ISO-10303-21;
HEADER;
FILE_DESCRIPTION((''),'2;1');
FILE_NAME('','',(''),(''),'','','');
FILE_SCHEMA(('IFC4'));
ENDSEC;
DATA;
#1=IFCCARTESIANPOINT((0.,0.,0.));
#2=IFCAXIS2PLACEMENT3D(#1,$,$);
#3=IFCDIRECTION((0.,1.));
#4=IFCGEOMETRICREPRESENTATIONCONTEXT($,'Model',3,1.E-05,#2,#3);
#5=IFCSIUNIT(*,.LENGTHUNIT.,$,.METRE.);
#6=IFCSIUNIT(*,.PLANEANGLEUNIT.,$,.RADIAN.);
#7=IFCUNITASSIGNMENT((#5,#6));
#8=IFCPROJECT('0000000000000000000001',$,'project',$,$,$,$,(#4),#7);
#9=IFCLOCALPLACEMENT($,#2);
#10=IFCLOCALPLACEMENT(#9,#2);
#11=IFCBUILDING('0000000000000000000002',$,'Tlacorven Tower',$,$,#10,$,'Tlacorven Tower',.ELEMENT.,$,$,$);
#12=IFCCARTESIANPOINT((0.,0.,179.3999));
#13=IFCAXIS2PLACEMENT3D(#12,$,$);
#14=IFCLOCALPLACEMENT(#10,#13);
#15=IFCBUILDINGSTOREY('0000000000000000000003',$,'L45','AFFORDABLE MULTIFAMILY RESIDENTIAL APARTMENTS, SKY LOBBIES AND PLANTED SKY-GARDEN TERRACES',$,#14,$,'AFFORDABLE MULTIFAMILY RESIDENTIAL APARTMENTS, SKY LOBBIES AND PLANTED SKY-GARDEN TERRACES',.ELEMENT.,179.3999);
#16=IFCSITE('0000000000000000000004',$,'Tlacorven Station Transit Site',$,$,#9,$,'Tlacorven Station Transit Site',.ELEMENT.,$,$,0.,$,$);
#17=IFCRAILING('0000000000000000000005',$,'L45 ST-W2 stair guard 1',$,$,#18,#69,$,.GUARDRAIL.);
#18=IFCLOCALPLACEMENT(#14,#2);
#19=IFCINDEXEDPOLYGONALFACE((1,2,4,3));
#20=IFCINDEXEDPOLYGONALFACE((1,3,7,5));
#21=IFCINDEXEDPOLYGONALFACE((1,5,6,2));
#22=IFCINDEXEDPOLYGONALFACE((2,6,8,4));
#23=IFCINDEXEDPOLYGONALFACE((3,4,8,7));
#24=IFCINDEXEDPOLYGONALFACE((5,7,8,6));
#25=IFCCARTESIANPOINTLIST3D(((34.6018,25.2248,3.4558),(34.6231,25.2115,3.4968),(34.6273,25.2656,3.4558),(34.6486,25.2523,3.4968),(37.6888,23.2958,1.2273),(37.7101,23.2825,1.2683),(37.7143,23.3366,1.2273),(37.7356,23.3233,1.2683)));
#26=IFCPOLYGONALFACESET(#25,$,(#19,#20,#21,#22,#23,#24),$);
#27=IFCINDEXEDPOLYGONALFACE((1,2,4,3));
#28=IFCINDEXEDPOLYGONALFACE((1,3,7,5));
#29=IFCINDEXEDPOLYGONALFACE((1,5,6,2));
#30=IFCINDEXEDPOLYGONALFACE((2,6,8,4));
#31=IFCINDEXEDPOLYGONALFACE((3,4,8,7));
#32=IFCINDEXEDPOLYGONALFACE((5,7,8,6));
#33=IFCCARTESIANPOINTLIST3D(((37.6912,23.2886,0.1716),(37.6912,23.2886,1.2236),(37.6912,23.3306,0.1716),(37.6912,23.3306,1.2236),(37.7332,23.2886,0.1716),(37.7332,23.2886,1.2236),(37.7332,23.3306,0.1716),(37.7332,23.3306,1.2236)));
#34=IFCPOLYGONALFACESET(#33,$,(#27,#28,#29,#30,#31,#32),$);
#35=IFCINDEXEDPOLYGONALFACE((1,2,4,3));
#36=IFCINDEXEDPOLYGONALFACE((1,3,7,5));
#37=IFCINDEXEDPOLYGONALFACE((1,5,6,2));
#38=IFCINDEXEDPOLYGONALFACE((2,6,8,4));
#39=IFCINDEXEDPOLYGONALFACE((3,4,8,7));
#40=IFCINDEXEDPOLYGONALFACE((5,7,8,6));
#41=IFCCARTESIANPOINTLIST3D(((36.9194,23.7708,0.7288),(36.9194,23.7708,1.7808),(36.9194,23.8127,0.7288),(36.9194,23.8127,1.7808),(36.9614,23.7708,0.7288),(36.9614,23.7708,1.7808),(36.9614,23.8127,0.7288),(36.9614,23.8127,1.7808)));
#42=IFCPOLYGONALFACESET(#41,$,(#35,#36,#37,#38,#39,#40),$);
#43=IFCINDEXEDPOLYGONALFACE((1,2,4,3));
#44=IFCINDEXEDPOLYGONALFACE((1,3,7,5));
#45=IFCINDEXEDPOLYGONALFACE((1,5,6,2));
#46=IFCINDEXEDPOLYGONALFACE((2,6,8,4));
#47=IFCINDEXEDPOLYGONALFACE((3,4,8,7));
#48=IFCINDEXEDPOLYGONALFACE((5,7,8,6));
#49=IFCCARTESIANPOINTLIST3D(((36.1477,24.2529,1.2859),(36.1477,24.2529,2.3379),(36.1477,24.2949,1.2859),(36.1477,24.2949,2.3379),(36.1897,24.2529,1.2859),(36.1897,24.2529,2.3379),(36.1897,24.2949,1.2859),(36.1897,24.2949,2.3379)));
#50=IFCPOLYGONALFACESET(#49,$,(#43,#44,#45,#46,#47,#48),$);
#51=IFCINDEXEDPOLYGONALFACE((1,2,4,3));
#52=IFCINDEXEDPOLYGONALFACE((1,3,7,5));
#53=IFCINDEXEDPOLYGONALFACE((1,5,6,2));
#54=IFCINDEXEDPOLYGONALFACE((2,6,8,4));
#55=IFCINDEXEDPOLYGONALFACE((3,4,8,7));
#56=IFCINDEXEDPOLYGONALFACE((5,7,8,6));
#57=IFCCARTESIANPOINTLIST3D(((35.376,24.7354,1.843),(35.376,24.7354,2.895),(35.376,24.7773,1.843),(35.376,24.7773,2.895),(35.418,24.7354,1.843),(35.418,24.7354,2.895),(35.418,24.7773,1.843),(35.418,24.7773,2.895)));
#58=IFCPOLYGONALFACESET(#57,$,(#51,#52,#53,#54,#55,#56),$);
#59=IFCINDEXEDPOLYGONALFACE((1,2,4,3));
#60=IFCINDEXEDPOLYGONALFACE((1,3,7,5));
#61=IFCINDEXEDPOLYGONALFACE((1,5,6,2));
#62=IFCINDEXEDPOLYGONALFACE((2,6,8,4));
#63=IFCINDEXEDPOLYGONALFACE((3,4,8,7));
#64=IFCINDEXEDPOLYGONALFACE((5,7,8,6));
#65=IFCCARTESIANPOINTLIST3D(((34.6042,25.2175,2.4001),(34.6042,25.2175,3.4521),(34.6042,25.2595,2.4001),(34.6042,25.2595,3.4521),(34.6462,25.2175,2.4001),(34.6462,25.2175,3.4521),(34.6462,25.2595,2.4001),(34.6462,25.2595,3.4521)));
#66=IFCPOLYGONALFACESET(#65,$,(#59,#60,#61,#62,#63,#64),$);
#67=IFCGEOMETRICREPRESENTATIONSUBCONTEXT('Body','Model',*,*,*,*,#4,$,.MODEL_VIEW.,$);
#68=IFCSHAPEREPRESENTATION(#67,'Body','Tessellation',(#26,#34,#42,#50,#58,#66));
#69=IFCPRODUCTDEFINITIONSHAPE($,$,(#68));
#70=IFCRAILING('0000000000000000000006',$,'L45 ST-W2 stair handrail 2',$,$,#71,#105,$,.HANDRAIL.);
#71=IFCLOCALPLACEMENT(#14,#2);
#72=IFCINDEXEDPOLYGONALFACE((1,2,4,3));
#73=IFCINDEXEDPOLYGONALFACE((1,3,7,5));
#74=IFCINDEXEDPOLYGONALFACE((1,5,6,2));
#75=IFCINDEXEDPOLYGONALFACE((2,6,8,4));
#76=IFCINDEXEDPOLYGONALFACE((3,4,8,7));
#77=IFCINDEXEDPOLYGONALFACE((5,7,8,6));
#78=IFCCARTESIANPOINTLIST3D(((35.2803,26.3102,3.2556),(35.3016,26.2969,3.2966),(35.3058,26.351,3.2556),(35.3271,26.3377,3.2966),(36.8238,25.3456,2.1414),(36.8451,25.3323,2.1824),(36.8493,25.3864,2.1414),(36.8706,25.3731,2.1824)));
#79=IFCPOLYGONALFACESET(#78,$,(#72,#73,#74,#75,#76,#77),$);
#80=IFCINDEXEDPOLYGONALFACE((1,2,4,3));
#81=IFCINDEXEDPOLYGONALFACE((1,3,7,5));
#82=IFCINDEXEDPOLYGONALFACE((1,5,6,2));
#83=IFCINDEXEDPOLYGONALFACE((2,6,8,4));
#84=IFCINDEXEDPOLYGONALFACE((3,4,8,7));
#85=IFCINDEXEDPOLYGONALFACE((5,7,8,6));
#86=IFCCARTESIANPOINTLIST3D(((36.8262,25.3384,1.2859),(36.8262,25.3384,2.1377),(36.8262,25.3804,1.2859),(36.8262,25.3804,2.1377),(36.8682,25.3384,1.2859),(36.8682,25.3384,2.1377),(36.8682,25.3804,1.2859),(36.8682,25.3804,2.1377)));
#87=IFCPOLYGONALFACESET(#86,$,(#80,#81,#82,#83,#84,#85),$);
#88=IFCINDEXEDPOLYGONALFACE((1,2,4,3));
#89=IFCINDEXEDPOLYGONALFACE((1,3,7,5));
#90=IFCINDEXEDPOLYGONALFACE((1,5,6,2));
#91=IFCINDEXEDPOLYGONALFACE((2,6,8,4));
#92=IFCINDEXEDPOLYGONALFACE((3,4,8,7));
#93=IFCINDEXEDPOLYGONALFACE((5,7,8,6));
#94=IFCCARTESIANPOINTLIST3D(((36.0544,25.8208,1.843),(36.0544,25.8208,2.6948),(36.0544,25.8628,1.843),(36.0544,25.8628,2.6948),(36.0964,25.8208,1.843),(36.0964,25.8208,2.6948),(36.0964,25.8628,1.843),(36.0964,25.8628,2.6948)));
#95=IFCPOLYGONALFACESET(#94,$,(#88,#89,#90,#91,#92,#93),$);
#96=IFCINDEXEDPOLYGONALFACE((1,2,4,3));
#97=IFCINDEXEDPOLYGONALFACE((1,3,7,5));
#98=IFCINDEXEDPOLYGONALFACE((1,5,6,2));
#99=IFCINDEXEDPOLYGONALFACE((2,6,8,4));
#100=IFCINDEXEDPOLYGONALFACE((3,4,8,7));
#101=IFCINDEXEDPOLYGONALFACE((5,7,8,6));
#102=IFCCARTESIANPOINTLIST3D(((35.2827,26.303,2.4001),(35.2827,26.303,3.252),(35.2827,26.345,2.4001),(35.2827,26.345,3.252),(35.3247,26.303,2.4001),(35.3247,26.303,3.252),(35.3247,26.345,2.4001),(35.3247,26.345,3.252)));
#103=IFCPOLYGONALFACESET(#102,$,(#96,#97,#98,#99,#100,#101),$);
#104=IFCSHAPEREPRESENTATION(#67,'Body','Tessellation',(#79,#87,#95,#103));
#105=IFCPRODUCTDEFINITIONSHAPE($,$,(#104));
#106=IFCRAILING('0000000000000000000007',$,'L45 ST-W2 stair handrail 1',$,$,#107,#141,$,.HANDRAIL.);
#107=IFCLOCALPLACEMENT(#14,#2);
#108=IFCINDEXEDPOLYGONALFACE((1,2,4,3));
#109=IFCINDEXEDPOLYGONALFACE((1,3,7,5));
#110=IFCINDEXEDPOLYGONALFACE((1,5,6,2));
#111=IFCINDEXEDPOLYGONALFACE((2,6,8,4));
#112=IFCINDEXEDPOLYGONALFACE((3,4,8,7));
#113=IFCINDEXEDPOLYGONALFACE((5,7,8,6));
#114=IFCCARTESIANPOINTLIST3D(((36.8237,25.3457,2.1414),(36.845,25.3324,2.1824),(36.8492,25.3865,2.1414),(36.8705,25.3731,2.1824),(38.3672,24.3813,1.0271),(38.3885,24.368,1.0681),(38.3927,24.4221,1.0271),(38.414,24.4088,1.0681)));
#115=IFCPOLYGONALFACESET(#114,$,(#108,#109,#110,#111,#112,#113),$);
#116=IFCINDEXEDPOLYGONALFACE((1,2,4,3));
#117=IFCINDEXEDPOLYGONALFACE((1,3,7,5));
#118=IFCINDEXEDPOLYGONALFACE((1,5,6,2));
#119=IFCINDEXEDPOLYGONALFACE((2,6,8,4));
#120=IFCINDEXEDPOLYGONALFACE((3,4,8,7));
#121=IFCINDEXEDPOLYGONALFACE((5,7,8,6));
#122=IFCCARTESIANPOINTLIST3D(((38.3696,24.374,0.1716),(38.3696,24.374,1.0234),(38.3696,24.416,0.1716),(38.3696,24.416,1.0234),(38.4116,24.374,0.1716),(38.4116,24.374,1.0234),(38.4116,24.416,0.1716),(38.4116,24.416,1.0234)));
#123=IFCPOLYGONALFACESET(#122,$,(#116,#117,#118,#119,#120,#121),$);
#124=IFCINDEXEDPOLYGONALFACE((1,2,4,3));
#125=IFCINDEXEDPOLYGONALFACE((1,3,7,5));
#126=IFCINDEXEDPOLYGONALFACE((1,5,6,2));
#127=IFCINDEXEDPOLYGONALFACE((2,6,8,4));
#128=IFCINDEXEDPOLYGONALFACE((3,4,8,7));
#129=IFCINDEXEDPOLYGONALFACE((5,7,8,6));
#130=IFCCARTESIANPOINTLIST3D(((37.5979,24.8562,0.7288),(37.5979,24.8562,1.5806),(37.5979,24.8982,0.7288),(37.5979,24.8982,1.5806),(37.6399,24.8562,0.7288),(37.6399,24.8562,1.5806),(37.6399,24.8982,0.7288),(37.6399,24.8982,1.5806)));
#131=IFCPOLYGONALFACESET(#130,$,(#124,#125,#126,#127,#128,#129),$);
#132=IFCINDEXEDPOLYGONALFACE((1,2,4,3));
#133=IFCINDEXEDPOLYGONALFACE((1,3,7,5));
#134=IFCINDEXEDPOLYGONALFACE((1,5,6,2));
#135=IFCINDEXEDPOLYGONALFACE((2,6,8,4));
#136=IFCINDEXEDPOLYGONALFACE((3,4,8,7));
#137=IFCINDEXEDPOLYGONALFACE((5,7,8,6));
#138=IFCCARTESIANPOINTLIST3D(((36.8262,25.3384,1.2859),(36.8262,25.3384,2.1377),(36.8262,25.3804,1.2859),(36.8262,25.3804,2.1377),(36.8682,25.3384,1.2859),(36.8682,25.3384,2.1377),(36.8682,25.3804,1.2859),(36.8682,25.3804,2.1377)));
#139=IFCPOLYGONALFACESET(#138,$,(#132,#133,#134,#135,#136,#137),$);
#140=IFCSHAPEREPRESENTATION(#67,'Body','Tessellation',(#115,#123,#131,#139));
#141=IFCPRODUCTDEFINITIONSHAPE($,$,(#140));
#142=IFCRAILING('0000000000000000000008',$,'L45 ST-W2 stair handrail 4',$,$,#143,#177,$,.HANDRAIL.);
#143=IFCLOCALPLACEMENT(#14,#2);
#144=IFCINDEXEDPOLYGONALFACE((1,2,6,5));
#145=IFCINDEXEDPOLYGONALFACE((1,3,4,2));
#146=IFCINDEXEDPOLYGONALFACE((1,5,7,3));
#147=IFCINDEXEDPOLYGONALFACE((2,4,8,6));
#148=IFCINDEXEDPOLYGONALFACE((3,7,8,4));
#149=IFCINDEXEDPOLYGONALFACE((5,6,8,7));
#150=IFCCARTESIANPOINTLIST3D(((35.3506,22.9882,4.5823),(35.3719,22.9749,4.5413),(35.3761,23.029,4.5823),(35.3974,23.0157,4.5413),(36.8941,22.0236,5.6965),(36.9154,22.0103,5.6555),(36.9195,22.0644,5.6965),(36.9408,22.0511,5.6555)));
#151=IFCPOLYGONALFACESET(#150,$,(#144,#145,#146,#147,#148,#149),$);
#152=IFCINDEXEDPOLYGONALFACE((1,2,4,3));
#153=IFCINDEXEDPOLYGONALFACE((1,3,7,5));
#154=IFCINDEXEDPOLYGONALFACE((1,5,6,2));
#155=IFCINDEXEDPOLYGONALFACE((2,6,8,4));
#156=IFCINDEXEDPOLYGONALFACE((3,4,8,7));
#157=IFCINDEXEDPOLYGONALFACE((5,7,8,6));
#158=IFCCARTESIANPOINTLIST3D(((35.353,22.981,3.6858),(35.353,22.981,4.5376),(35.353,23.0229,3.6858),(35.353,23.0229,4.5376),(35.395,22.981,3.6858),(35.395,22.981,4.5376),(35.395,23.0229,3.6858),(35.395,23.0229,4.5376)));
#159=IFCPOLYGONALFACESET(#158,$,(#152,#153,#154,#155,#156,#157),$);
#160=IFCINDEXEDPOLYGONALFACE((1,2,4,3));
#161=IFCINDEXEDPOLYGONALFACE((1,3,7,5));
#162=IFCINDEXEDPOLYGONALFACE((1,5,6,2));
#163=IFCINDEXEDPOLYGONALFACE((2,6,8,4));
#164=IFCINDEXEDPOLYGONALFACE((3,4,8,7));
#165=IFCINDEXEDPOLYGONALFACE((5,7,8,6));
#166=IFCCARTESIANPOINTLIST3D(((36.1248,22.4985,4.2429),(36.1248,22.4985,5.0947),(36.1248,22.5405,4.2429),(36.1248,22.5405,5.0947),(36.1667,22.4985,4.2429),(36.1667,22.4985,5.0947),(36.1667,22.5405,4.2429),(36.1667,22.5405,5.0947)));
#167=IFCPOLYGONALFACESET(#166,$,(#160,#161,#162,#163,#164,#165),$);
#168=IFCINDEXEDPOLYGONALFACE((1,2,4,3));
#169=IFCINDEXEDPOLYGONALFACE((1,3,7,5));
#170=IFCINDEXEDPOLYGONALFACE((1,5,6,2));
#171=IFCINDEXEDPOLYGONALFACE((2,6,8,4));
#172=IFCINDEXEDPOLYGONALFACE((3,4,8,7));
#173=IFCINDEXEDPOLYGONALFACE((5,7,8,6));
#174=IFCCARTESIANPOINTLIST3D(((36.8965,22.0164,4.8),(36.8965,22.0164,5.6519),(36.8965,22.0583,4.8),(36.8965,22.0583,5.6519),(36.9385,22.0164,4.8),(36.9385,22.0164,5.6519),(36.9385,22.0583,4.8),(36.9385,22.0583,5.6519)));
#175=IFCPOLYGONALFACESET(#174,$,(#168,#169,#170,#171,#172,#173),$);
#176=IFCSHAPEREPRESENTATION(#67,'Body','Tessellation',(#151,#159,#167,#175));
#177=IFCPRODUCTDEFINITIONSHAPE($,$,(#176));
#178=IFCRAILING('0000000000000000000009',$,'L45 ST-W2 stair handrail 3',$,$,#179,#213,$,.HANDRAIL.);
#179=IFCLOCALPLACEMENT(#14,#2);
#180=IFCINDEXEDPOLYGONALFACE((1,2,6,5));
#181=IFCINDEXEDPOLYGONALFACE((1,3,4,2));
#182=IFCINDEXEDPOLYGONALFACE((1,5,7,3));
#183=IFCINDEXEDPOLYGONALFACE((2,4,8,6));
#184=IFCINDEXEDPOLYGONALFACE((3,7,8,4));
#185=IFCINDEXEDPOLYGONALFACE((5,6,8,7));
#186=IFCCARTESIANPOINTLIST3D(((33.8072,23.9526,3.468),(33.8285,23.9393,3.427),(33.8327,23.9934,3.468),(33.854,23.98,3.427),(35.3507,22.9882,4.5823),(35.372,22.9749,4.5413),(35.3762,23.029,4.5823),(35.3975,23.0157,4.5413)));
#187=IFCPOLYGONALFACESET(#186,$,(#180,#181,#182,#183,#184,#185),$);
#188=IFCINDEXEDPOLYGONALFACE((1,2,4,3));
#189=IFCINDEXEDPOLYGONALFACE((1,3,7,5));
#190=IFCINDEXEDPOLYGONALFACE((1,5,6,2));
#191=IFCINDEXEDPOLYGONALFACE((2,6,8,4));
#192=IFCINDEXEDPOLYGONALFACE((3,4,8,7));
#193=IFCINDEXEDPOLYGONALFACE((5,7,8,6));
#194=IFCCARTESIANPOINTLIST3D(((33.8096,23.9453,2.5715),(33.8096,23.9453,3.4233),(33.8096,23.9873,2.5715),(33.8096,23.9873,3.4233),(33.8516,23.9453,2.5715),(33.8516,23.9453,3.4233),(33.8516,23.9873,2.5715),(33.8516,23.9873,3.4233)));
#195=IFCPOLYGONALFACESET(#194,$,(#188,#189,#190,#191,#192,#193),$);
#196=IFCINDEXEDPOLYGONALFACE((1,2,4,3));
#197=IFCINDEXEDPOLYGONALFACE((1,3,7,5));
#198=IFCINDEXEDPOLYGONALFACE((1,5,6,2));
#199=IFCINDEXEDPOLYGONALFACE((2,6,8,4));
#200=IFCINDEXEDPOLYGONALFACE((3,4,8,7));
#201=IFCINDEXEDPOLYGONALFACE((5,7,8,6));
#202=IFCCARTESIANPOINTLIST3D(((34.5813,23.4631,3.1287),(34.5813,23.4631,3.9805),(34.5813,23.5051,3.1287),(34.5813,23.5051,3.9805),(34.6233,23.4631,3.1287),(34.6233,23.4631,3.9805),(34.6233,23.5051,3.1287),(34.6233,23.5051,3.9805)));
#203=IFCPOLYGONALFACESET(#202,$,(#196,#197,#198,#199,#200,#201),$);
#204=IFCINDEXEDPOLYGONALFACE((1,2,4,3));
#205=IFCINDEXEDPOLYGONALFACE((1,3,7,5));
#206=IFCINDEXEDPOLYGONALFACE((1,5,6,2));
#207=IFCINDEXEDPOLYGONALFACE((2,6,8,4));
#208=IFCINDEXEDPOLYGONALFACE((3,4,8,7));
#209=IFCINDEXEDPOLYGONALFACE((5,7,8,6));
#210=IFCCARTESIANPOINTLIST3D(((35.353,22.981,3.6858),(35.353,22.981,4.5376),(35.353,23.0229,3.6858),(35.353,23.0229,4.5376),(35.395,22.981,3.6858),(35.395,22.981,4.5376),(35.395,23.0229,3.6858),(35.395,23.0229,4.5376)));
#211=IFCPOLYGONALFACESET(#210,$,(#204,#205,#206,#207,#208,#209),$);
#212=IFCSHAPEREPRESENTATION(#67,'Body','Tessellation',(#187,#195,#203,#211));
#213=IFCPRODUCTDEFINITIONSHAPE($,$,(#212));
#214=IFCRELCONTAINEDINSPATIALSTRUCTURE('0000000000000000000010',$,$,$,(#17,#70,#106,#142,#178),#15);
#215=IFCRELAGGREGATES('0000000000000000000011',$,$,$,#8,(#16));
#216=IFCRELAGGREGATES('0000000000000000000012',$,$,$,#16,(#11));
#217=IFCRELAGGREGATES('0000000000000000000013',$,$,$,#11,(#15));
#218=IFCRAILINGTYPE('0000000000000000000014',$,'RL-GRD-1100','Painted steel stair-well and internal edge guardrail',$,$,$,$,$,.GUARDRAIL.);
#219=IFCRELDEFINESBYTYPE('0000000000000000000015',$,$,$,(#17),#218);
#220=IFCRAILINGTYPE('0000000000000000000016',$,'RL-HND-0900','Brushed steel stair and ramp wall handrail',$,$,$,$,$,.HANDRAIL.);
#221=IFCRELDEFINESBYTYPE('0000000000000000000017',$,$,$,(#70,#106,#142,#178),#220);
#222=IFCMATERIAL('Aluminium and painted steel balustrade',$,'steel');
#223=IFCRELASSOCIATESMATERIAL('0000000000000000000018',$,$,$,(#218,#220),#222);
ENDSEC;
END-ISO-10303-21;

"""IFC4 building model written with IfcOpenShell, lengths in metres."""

from ifc_helpers import new_model, si_unit, direction, frame, origin, origin_2d, place, context, subcontext, project, spatial, rectangle, extrude, source, transform, mapped, material, type_object, element, save


model = new_model("IFC4")

# Units and contexts
model_context = context("Model", 3, precision=1e-05, world=origin(), true_north=direction((0.0, 1.0)))
body_context = subcontext(model_context, "Body", "Model", "MODEL_VIEW")
ifc_project = project(units=[si_unit("LENGTHUNIT", "METRE"), si_unit("PLANEANGLEUNIT", "RADIAN")], contexts=[model_context])

# Site, building, storey
site_placement = place(None, origin())
site = spatial("IfcSite", under=ifc_project, at=site_placement, Name="Tlacorven Station Transit Site", LongName="Tlacorven Station Transit Site", CompositionType="ELEMENT", RefElevation=0.0)
building_placement = place(site_placement, origin())
building = spatial("IfcBuilding", under=site, at=building_placement, Name="Tlacorven Tower", LongName="Tlacorven Tower", CompositionType="ELEMENT")
storey_placement = place(building_placement, frame((0.0, 0.0, 179.3999)))
storey = spatial("IfcBuildingStorey", under=building, at=storey_placement, Name="L45", Description="AFFORDABLE MULTIFAMILY RESIDENTIAL APARTMENTS, SKY LOBBIES AND PLANTED SKY-GARDEN TERRACES", LongName="AFFORDABLE MULTIFAMILY RESIDENTIAL APARTMENTS, SKY LOBBIES AND PLANTED SKY-GARDEN TERRACES", CompositionType="ELEMENT", Elevation=179.3999)

# Railings
ifc_material_1 = material(Name="Aluminium and painted steel balustrade", Category="steel")
railing_type_1 = type_object("IfcRailingType", Name="RL-GRD-1100", Description="Painted steel stair-well and internal edge guardrail", PredefinedType="GUARDRAIL", material=ifc_material_1)
shared_shape_1 = source(origin(), body_context, "Body", "SweptSolid", [
    extrude(rectangle(XDim=0.0481, YDim=0.0481, at=origin_2d()), frame((0.0, 0.0, 1.0762), z_axis=(-0.723262, 0.451953, 0.52214), x_axis=(-0.529927, -0.848044, 0.0)), (0.0, 0.0, 1.0), 4.2681),
    extrude(rectangle(XDim=0.042, YDim=0.042, at=origin_2d()), origin(), (0.0, 0.0, 1.0), 1.052),
    extrude(rectangle(XDim=0.042, YDim=0.042, at=origin_2d()), frame((-0.7717, 0.4822, 0.5571)), (0.0, 0.0, 1.0), 1.052),
    extrude(rectangle(XDim=0.042, YDim=0.042, at=origin_2d()), frame((-1.5435, 0.9644, 1.1143)), (0.0, 0.0, 1.0), 1.052),
    extrude(rectangle(XDim=0.042, YDim=0.042, at=origin_2d()), frame((-2.3152, 1.4468, 1.6714)), (0.0, 0.0, 1.0), 1.052),
    extrude(rectangle(XDim=0.042, YDim=0.042, at=origin_2d()), frame((-3.0869, 1.929, 2.2285)), (0.0, 0.0, 1.0), 1.052),
])
railing_1_placement = place(storey_placement, frame((37.7122, 23.3096, 0.1716)))
element("IfcRailing", 1, at=railing_1_placement, inside=storey, type_object=railing_type_1, Name="L45 ST-W2 stair guard 1", PredefinedType="GUARDRAIL", context=body_context, shape_type="MappedRepresentation", body=[
    mapped(shared_shape_1, transform((0.0, 0.0, 0.0), scale=1.0)),
])
railing_type_2 = type_object("IfcRailingType", Name="RL-HND-0900", Description="Brushed steel stair and ramp wall handrail", PredefinedType="HANDRAIL", material=ifc_material_1)
shared_shape_2 = source(origin(), body_context, "Body", "SweptSolid", [
    extrude(rectangle(XDim=0.0481, YDim=0.0481, at=origin_2d()), frame((0.0, 0.0, 0.876), z_axis=(-0.723244, 0.451999, 0.522126), x_axis=(-0.529975, -0.848013, 0.0)), (0.0, 0.0, 1.0), 2.134),
    extrude(rectangle(XDim=0.042, YDim=0.042, at=origin_2d()), origin(), (0.0, 0.0, 1.0), 0.8518),
    extrude(rectangle(XDim=0.042, YDim=0.042, at=origin_2d()), frame((-0.7717, 0.4824, 0.5571)), (0.0, 0.0, 1.0), 0.8518),
    extrude(rectangle(XDim=0.042, YDim=0.042, at=origin_2d()), frame((-1.5435, 0.9646, 1.1143)), (0.0, 0.0, 1.0), 0.8518),
])
railing_2_placement = place(storey_placement, frame((36.8472, 25.3594, 1.2859)))
element("IfcRailing", 2, at=railing_2_placement, inside=storey, type_object=railing_type_2, Name="L45 ST-W2 stair handrail 2", PredefinedType="HANDRAIL", context=body_context, shape_type="MappedRepresentation", body=[
    mapped(shared_shape_2, transform((0.0, 0.0, 0.0), scale=1.0)),
])
shared_shape_3 = source(origin(), body_context, "Body", "SweptSolid", [
    extrude(rectangle(XDim=0.0481, YDim=0.0481, at=origin_2d()), frame((0.0, 0.0, 0.876), z_axis=(-0.723281, 0.451908, 0.522153), x_axis=(-0.529878, -0.848074, 0.0)), (0.0, 0.0, 1.0), 2.134),
    extrude(rectangle(XDim=0.042, YDim=0.042, at=origin_2d()), origin(), (0.0, 0.0, 1.0), 0.8518),
    extrude(rectangle(XDim=0.042, YDim=0.042, at=origin_2d()), frame((-0.7717, 0.4822, 0.5571)), (0.0, 0.0, 1.0), 0.8518),
    extrude(rectangle(XDim=0.042, YDim=0.042, at=origin_2d()), frame((-1.5435, 0.9644, 1.1143)), (0.0, 0.0, 1.0), 0.8518),
])
railing_3_placement = place(storey_placement, frame((38.3906, 24.395, 0.1716)))
element("IfcRailing", 3, at=railing_3_placement, inside=storey, type_object=railing_type_2, Name="L45 ST-W2 stair handrail 1", PredefinedType="HANDRAIL", context=body_context, shape_type="MappedRepresentation", body=[
    mapped(shared_shape_3, transform((0.0, 0.0, 0.0), scale=1.0)),
])
shared_shape_4 = source(origin(), body_context, "Body", "SweptSolid", [
    extrude(rectangle(XDim=0.0481, YDim=0.0481, at=origin_2d()), frame((0.0, 0.0, 0.876), z_axis=(0.723244, -0.451999, 0.522126), x_axis=(0.529975, 0.848013, 0.0)), (0.0, 0.0, 1.0), 2.134),
    extrude(rectangle(XDim=0.042, YDim=0.042, at=origin_2d()), origin(), (0.0, 0.0, 1.0), 0.8518),
    extrude(rectangle(XDim=0.042, YDim=0.042, at=origin_2d()), frame((0.7717, -0.4824, 0.5571)), (0.0, 0.0, 1.0), 0.8518),
    extrude(rectangle(XDim=0.042, YDim=0.042, at=origin_2d()), frame((1.5435, -0.9646, 1.1143)), (0.0, 0.0, 1.0), 0.8518),
])
railing_4_placement = place(storey_placement, frame((35.374, 23.002, 3.6858)))
element("IfcRailing", 4, at=railing_4_placement, inside=storey, type_object=railing_type_2, Name="L45 ST-W2 stair handrail 4", PredefinedType="HANDRAIL", context=body_context, shape_type="MappedRepresentation", body=[
    mapped(shared_shape_4, transform((0.0, 0.0, 0.0), scale=1.0)),
])
shared_shape_5 = source(origin(), body_context, "Body", "SweptSolid", [
    extrude(rectangle(XDim=0.0481, YDim=0.0481, at=origin_2d()), frame((0.0, 0.0, 0.876), z_axis=(0.723281, -0.451908, 0.522153), x_axis=(0.529878, 0.848074, 0.0)), (0.0, 0.0, 1.0), 2.134),
    extrude(rectangle(XDim=0.042, YDim=0.042, at=origin_2d()), origin(), (0.0, 0.0, 1.0), 0.8518),
    extrude(rectangle(XDim=0.042, YDim=0.042, at=origin_2d()), frame((0.7717, -0.4822, 0.5571)), (0.0, 0.0, 1.0), 0.8518),
    extrude(rectangle(XDim=0.042, YDim=0.042, at=origin_2d()), frame((1.5435, -0.9644, 1.1143)), (0.0, 0.0, 1.0), 0.8518),
])
railing_5_placement = place(storey_placement, frame((33.8306, 23.9663, 2.5715)))
element("IfcRailing", 5, at=railing_5_placement, inside=storey, type_object=railing_type_2, Name="L45 ST-W2 stair handrail 3", PredefinedType="HANDRAIL", context=body_context, shape_type="MappedRepresentation", body=[
    mapped(shared_shape_5, transform((0.0, 0.0, 0.0), scale=1.0)),
])

save(model, "model.ifc")
